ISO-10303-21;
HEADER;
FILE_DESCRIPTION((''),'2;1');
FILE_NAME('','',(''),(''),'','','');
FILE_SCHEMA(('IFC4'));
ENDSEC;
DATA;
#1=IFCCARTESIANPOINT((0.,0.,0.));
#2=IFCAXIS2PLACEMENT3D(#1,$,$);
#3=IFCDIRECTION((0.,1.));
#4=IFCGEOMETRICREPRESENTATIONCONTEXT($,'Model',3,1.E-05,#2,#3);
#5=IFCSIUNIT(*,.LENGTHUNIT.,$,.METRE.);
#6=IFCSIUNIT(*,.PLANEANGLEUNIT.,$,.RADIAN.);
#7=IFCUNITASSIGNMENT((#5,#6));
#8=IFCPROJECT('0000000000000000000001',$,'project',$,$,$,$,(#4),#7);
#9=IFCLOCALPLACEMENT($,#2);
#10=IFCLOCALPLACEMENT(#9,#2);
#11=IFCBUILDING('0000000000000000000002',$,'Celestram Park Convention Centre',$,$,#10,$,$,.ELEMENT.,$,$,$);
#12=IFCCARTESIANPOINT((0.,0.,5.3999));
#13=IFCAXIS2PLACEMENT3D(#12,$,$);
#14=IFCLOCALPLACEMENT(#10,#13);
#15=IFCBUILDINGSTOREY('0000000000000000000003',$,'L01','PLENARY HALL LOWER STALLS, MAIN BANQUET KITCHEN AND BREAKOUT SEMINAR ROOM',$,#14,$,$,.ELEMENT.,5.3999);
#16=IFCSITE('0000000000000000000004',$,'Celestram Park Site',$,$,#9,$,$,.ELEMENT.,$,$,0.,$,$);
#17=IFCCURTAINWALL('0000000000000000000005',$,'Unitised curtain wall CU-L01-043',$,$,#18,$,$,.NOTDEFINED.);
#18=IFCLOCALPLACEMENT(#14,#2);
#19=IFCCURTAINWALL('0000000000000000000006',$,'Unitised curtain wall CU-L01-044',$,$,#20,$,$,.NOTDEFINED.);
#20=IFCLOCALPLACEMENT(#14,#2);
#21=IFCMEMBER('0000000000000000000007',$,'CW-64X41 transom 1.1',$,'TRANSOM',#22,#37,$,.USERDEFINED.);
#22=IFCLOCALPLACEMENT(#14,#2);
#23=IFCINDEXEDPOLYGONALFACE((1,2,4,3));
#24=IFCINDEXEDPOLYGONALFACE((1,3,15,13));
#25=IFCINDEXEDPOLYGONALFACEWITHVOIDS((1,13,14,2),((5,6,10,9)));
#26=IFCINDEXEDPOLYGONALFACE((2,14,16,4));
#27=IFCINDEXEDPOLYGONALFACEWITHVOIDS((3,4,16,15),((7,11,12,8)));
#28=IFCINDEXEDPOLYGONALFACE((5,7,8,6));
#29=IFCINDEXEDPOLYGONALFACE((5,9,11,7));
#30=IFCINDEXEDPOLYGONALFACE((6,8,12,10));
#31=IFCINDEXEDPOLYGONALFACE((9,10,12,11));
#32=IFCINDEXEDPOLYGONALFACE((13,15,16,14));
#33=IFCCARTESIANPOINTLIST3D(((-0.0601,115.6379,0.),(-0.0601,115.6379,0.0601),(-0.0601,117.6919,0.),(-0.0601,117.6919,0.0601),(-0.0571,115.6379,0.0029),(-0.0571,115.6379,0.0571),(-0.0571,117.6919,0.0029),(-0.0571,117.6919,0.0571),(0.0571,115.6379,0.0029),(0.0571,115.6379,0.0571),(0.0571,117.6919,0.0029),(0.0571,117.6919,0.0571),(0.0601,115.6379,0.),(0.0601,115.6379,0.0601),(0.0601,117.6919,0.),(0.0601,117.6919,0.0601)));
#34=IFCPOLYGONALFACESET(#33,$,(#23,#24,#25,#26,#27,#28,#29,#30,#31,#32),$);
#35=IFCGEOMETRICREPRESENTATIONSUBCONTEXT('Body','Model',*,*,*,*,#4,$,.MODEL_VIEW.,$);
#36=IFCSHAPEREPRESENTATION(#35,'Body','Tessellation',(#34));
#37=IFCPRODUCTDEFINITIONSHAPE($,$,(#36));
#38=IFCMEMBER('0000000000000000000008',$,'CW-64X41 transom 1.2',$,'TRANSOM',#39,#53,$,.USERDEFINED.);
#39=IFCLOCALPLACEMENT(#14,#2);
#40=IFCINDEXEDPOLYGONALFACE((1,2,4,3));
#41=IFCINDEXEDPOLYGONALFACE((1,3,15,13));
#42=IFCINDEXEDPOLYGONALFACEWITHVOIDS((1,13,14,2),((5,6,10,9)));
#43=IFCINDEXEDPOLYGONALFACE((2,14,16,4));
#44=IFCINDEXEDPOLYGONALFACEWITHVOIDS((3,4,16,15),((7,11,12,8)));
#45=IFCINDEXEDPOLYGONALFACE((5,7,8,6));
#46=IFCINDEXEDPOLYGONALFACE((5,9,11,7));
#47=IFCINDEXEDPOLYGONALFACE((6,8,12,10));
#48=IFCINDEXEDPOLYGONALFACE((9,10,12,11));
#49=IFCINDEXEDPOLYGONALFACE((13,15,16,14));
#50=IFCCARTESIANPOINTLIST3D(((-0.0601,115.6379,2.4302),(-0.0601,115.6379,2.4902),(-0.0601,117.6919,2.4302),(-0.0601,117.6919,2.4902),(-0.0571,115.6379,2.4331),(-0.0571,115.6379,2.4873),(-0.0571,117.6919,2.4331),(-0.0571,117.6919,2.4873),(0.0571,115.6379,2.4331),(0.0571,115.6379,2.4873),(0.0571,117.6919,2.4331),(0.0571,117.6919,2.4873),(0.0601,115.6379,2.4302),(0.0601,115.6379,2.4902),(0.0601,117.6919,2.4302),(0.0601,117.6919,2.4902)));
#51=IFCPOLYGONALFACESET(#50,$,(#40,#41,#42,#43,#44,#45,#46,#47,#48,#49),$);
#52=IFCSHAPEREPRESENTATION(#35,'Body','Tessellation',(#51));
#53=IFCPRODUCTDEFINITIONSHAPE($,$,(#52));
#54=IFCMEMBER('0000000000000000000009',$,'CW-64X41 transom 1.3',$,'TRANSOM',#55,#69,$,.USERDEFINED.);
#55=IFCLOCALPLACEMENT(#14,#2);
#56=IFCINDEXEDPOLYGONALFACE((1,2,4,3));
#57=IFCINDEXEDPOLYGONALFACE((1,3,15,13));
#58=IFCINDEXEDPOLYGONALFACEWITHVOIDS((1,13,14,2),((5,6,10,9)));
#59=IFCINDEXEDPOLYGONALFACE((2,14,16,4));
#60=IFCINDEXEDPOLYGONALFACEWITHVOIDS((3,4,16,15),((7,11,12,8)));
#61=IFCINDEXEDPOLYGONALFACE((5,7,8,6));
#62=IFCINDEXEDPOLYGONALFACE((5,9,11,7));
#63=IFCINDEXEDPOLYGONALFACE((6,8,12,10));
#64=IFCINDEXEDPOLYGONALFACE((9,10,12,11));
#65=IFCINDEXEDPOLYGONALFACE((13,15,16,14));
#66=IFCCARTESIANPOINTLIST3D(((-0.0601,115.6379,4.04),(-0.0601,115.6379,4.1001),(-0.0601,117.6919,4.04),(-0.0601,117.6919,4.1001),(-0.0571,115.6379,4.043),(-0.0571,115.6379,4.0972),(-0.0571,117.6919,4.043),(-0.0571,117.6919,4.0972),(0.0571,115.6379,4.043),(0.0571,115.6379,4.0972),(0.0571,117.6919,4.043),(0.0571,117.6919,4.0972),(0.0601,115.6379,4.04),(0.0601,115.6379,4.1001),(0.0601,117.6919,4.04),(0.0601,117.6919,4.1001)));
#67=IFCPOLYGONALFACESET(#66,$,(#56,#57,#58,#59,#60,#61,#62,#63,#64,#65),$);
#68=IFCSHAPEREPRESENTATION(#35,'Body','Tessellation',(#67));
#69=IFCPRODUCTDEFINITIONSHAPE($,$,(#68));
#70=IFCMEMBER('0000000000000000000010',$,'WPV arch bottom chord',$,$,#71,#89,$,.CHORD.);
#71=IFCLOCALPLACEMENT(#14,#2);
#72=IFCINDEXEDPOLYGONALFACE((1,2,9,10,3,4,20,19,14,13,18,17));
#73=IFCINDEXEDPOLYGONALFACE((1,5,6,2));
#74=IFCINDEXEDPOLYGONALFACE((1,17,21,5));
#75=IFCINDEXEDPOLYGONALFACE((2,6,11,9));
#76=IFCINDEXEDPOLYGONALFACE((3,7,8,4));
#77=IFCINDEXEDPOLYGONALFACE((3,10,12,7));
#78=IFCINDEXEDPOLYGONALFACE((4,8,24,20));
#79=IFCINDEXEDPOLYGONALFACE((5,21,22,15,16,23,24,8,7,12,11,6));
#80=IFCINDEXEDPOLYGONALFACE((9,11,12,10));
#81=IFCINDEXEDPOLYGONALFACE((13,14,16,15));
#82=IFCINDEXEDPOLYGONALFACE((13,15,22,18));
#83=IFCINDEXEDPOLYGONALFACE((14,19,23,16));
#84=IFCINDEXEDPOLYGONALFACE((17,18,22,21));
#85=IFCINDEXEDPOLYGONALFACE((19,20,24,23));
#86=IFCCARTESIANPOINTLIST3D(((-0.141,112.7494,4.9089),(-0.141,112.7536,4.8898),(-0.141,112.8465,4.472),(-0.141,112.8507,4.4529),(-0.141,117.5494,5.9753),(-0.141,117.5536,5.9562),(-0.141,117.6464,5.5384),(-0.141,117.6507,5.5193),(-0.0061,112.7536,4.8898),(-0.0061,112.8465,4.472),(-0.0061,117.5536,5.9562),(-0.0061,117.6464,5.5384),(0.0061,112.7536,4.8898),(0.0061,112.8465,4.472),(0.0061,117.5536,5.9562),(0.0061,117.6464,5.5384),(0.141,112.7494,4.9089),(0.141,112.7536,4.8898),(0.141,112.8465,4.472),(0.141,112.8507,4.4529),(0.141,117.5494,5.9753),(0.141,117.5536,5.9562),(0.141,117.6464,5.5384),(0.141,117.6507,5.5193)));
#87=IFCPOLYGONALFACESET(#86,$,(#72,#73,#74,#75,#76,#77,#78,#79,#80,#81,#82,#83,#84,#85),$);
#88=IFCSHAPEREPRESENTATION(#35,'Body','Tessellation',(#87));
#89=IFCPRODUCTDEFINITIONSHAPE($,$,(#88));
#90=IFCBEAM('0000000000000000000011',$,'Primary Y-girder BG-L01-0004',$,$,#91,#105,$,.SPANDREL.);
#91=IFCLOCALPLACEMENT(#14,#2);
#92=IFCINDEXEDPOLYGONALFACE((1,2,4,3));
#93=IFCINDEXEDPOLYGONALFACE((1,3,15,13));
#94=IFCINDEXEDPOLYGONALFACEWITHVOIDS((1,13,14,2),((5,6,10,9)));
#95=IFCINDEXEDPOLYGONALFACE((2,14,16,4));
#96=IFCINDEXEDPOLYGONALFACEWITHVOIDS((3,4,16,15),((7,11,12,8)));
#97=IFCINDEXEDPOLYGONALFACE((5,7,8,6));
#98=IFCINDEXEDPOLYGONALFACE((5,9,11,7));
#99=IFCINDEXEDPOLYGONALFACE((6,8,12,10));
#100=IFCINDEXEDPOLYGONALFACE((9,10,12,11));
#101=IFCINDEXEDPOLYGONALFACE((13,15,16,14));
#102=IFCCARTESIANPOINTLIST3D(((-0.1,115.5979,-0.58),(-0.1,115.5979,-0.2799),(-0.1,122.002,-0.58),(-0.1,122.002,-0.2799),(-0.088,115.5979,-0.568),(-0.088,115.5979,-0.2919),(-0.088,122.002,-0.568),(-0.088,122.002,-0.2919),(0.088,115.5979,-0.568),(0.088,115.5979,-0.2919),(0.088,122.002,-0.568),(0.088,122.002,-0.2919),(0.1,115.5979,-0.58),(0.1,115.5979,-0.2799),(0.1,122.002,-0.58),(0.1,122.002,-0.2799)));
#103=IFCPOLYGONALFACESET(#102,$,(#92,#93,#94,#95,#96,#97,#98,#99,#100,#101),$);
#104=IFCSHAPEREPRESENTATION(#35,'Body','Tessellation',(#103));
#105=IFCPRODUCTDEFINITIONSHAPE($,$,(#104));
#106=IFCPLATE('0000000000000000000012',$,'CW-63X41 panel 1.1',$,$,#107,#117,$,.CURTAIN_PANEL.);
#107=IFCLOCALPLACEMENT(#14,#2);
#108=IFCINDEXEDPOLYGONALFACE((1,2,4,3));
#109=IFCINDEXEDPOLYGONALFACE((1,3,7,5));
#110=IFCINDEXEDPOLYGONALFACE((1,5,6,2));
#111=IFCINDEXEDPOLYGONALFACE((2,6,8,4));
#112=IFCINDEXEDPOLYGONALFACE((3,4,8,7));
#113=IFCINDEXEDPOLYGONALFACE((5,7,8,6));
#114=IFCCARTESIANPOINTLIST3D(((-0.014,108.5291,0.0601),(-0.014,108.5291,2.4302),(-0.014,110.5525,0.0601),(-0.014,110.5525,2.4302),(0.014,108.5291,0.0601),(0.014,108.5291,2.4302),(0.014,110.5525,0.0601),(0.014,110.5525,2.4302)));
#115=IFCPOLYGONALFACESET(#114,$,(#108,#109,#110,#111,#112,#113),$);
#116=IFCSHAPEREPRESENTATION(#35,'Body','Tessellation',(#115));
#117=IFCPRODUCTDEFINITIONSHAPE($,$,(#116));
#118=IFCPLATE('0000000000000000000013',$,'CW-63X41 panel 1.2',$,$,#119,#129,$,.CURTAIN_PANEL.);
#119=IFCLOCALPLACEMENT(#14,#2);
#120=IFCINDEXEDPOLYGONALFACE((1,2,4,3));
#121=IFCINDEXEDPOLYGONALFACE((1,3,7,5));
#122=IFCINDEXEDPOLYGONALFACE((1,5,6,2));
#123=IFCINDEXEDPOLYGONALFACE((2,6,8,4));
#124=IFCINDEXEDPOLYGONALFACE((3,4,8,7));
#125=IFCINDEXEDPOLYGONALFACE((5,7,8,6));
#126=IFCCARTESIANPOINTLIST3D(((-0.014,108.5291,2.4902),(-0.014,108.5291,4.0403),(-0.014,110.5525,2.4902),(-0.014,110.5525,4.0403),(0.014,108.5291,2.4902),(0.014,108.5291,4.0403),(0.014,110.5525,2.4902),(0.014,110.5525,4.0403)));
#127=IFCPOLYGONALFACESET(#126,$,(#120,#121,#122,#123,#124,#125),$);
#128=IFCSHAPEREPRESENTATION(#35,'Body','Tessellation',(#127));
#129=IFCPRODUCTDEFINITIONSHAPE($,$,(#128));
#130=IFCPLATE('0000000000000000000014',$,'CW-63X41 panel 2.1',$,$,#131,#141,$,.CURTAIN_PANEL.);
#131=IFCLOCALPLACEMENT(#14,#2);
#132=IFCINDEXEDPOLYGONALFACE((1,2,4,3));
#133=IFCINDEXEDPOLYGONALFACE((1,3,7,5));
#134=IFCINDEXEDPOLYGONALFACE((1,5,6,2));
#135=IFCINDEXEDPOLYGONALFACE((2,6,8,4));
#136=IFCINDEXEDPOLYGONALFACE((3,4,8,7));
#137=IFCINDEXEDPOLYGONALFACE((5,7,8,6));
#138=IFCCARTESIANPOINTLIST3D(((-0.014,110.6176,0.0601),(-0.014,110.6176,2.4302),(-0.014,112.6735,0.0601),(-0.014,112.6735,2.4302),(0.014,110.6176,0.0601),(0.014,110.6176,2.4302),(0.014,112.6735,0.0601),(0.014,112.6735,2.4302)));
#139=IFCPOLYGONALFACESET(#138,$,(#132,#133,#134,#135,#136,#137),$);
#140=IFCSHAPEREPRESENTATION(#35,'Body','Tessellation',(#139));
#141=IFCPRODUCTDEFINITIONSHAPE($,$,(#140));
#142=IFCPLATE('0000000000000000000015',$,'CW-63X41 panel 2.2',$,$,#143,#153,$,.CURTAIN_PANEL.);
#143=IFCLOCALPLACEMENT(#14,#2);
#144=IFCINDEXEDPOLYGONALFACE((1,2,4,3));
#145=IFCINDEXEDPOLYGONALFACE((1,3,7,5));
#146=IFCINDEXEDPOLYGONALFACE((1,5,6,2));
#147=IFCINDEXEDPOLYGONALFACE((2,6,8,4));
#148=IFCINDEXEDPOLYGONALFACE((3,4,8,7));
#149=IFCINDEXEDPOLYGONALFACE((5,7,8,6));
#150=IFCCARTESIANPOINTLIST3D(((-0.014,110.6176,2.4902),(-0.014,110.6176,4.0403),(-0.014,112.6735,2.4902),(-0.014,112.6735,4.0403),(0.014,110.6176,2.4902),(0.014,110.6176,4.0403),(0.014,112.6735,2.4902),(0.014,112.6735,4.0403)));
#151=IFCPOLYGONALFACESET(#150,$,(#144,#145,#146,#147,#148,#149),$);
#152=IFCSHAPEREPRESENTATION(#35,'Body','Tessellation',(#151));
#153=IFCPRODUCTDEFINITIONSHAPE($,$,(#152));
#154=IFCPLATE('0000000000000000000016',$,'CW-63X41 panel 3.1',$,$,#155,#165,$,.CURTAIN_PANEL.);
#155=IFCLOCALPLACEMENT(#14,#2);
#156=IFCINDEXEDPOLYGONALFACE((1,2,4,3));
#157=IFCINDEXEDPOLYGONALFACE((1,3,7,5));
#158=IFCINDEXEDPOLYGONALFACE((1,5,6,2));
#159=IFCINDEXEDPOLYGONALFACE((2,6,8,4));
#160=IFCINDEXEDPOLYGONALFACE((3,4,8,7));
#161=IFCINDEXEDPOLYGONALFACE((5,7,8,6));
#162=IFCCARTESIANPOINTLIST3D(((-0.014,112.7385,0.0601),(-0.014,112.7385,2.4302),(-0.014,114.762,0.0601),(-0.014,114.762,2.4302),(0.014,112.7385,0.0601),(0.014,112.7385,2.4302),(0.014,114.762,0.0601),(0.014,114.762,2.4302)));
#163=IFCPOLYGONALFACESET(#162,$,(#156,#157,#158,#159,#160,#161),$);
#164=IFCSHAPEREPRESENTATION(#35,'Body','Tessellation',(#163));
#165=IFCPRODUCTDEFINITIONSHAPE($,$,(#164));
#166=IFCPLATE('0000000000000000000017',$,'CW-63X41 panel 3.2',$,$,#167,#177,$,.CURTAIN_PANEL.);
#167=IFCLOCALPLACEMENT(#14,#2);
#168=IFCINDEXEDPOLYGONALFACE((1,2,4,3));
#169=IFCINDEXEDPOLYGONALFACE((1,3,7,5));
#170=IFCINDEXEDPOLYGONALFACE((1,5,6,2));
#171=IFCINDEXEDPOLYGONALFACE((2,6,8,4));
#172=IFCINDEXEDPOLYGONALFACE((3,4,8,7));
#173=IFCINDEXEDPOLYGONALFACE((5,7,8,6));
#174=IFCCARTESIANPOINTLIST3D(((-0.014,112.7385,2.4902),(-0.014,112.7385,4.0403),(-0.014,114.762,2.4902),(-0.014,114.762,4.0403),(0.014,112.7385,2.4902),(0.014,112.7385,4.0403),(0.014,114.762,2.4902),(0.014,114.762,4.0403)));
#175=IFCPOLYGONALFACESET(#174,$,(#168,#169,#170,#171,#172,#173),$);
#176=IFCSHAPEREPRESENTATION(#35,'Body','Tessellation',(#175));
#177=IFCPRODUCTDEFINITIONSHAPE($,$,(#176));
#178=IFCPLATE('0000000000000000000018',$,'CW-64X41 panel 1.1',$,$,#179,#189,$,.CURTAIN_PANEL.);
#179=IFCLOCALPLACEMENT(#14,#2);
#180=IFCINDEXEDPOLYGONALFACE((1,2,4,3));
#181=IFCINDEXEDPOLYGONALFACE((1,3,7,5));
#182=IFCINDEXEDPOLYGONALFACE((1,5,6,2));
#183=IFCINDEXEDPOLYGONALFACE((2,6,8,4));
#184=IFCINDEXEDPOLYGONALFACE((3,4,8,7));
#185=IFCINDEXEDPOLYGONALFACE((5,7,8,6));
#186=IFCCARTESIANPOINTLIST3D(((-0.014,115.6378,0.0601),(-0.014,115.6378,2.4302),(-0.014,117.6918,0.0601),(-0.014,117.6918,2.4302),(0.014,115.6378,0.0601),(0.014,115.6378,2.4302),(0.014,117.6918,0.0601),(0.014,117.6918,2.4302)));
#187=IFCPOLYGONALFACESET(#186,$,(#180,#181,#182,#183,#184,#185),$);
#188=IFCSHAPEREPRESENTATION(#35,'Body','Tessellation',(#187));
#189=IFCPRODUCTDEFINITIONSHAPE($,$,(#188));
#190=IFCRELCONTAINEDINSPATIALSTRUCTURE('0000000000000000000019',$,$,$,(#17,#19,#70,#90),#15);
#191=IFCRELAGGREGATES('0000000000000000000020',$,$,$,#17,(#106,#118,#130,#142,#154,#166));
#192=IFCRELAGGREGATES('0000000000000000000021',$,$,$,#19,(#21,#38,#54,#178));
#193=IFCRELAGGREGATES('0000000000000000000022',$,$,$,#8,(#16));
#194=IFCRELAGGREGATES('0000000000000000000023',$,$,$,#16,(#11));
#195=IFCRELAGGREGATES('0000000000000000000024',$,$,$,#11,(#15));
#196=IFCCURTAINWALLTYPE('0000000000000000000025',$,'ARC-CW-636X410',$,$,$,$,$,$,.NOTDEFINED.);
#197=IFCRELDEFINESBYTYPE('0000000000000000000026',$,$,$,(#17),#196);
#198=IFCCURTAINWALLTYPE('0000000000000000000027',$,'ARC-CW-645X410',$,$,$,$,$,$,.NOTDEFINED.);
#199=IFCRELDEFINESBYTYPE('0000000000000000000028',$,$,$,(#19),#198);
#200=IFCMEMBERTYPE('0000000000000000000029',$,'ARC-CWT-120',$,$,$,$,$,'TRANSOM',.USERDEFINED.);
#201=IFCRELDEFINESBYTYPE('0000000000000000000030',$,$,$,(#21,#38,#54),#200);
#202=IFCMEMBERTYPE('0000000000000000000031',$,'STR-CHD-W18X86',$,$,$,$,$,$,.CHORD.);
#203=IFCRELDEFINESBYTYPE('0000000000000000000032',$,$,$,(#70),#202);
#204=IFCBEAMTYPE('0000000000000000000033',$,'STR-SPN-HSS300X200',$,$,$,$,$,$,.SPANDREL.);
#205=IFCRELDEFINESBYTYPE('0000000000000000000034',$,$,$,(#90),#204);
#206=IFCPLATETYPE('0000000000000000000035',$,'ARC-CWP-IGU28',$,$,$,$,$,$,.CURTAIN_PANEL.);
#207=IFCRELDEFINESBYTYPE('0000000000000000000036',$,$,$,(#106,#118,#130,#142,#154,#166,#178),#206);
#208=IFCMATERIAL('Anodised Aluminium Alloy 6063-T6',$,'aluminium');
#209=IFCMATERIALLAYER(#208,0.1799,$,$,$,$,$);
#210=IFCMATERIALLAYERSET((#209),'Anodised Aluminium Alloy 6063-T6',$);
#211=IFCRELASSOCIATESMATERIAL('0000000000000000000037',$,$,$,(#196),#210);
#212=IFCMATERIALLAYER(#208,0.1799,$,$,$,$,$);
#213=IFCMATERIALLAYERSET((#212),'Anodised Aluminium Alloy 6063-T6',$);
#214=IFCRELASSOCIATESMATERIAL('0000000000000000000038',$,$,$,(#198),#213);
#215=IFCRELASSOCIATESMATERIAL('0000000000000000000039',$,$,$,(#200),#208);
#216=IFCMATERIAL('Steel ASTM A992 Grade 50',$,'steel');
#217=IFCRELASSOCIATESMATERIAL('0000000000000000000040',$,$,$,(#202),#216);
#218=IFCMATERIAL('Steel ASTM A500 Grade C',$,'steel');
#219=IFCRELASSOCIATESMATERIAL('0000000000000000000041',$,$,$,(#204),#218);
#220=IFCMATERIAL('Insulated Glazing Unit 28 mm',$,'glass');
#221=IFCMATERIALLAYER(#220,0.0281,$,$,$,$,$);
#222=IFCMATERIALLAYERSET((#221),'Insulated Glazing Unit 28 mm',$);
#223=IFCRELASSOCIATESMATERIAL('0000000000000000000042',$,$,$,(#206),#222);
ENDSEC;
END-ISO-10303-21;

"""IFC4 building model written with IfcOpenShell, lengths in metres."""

from ifc_helpers import new_model, si_unit, direction, frame, origin, origin_2d, place, context, subcontext, project, spatial, rectangle, hollow_rectangle, i_section, extrude, material, layer, layer_set, material_profile, profile_set, type_object, element, aggregate, save


model = new_model("IFC4")

# Units and contexts
model_context = context("Model", 3, precision=1e-05, world=origin(), true_north=direction((0.0, 1.0)))
body_context = subcontext(model_context, "Body", "Model", "MODEL_VIEW")
ifc_project = project(units=[si_unit("LENGTHUNIT", "METRE"), si_unit("PLANEANGLEUNIT", "RADIAN")], contexts=[model_context])

# Site, building, storey
site_placement = place(None, origin())
site = spatial("IfcSite", under=ifc_project, at=site_placement, Name="Celestram Park Site", CompositionType="ELEMENT", RefElevation=0.0)
building_placement = place(site_placement, origin())
building = spatial("IfcBuilding", under=site, at=building_placement, Name="Celestram Park Convention Centre", CompositionType="ELEMENT")
storey_placement = place(building_placement, frame((0.0, 0.0, 5.3999)))
storey = spatial("IfcBuildingStorey", under=building, at=storey_placement, Name="L01", Description="PLENARY HALL LOWER STALLS, MAIN BANQUET KITCHEN AND BREAKOUT SEMINAR ROOM", CompositionType="ELEMENT", Elevation=5.3999)

# Curtain wall
ifc_material_1 = material(Name="Anodised Aluminium Alloy 6063-T6", Category="aluminium")
ifc_layer_1 = layer(ifc_material_1, 0.1799)
ifc_layer_set_1 = layer_set([ifc_layer_1], Name="Anodised Aluminium Alloy 6063-T6")
curtain_wall_type_1 = type_object("IfcCurtainWallType", Name="ARC-CW-636X410", PredefinedType="NOTDEFINED", material=ifc_layer_set_1)
curtain_wall_1_placement = place(storey_placement, origin())
curtain_wall_1 = element("IfcCurtainWall", 1, at=curtain_wall_1_placement, inside=storey, type_object=curtain_wall_type_1, Name="Unitised curtain wall CU-L01-043", PredefinedType="NOTDEFINED")

# Curtain wall
ifc_layer_2 = layer(ifc_material_1, 0.1799)
ifc_layer_set_2 = layer_set([ifc_layer_2], Name="Anodised Aluminium Alloy 6063-T6")
curtain_wall_type_2 = type_object("IfcCurtainWallType", Name="ARC-CW-645X410", PredefinedType="NOTDEFINED", material=ifc_layer_set_2)
curtain_wall_2_placement = place(storey_placement, origin())
curtain_wall_2 = element("IfcCurtainWall", 2, at=curtain_wall_2_placement, inside=storey, type_object=curtain_wall_type_2, Name="Unitised curtain wall CU-L01-044", PredefinedType="NOTDEFINED")

# Members
ifc_material_profile_1 = material_profile(ifc_material_1, hollow_rectangle(XDim=0.1201, YDim=0.0601, WallThickness=0.0029, at=origin_2d()), Name="ALU120X60X3")
ifc_profile_set_1 = profile_set([ifc_material_profile_1], Name="Anodised Aluminium Alloy 6063-T6")
member_type_1 = type_object("IfcMemberType", Name="ARC-CWT-120", ElementType="TRANSOM", PredefinedType="USERDEFINED", material=ifc_profile_set_1)
member_1_placement = place(storey_placement, frame((0.0, 115.6379, 0.03), z_axis=(0.0, 1.0, 0.0), x_axis=(-1.0, 0.0, 0.0)))
member_1 = element("IfcMember", 3, at=member_1_placement, type_object=member_type_1, Name="CW-64X41 transom 1.1", ObjectType="TRANSOM", PredefinedType="USERDEFINED", context=body_context, shape_type="SweptSolid", body=[
    extrude(hollow_rectangle(XDim=0.1201, YDim=0.0601, WallThickness=0.0029, at=origin_2d()), origin(), (0.0, 0.0, 1.0), 2.054),
])
member_2_placement = place(storey_placement, frame((0.0, 115.6379, 2.4602), z_axis=(0.0, 1.0, 0.0), x_axis=(-1.0, 0.0, 0.0)))
member_2 = element("IfcMember", 4, at=member_2_placement, type_object=member_type_1, Name="CW-64X41 transom 1.2", ObjectType="TRANSOM", PredefinedType="USERDEFINED", context=body_context, shape_type="SweptSolid", body=[
    extrude(hollow_rectangle(XDim=0.1201, YDim=0.0601, WallThickness=0.0029, at=origin_2d()), origin(), (0.0, 0.0, 1.0), 2.054),
])
member_3_placement = place(storey_placement, frame((0.0, 115.6379, 4.0701), z_axis=(0.0, 1.0, 0.0), x_axis=(-1.0, 0.0, 0.0)))
member_3 = element("IfcMember", 5, at=member_3_placement, type_object=member_type_1, Name="CW-64X41 transom 1.3", ObjectType="TRANSOM", PredefinedType="USERDEFINED", context=body_context, shape_type="SweptSolid", body=[
    extrude(hollow_rectangle(XDim=0.1201, YDim=0.0601, WallThickness=0.0029, at=origin_2d()), origin(), (0.0, 0.0, 1.0), 2.054),
])
ifc_material_2 = material(Name="Steel ASTM A992 Grade 50", Category="steel")
ifc_material_profile_2 = material_profile(ifc_material_2, i_section(OverallWidth=0.282, OverallDepth=0.467, WebThickness=0.0122, FlangeThickness=0.0195, at=origin_2d()), Name="W18X86")
ifc_profile_set_2 = profile_set([ifc_material_profile_2], Name="Steel ASTM A992 Grade 50")
member_type_2 = type_object("IfcMemberType", Name="STR-CHD-W18X86", PredefinedType="CHORD", material=ifc_profile_set_2)
member_4_placement = place(storey_placement, frame((0.0, 112.8, 4.6809), z_axis=(0.0, 0.976199, 0.216878), x_axis=(-1.0, 0.0, 0.0)))
element("IfcMember", 6, at=member_4_placement, inside=storey, type_object=member_type_2, Name="WPV arch bottom chord", PredefinedType="CHORD", context=body_context, shape_type="SweptSolid", body=[
    extrude(i_section(OverallWidth=0.282, OverallDepth=0.467, WebThickness=0.0122, FlangeThickness=0.0195, at=origin_2d()), origin(), (0.0, 0.0, 1.0), 4.917),
])

# Beam
ifc_material_3 = material(Name="Steel ASTM A500 Grade C", Category="steel")
ifc_material_profile_3 = material_profile(ifc_material_3, hollow_rectangle(XDim=0.2, YDim=0.3, WallThickness=0.012, at=origin_2d()), Name="HSS300X200X12")
ifc_profile_set_3 = profile_set([ifc_material_profile_3], Name="Steel ASTM A500 Grade C")
beam_type = type_object("IfcBeamType", Name="STR-SPN-HSS300X200", PredefinedType="SPANDREL", material=ifc_profile_set_3)
beam_placement = place(storey_placement, frame((0.0, 115.5979, -0.4299), z_axis=(0.0, 1.0, 0.0), x_axis=(-1.0, 0.0, 0.0)))
element("IfcBeam", 7, at=beam_placement, inside=storey, type_object=beam_type, Name="Primary Y-girder BG-L01-0004", PredefinedType="SPANDREL", context=body_context, shape_type="SweptSolid", body=[
    extrude(hollow_rectangle(XDim=0.2, YDim=0.3, WallThickness=0.012, at=origin_2d()), origin(), (0.0, 0.0, 1.0), 6.4041),
])

# Plates
ifc_material_4 = material(Name="Insulated Glazing Unit 28 mm", Category="glass")
ifc_layer_3 = layer(ifc_material_4, 0.0281)
ifc_layer_set_3 = layer_set([ifc_layer_3], Name="Insulated Glazing Unit 28 mm")
plate_type_1 = type_object("IfcPlateType", Name="ARC-CWP-IGU28", PredefinedType="CURTAIN_PANEL", material=ifc_layer_set_3)
plate_1_placement = place(storey_placement, frame((0.0, 109.5408, 0.0601), z_axis=(0.0, 0.0, 1.0), x_axis=(0.0, 1.0, 0.0)))
plate_1 = element("IfcPlate", 8, at=plate_1_placement, type_object=plate_type_1, Name="CW-63X41 panel 1.1", PredefinedType="CURTAIN_PANEL", context=body_context, shape_type="SweptSolid", body=[
    extrude(rectangle(XDim=2.0234, YDim=0.0281, at=origin_2d()), origin(), (0.0, 0.0, 1.0), 2.3701),
])
plate_2_placement = place(storey_placement, frame((0.0, 109.5408, 2.4902), z_axis=(0.0, 0.0, 1.0), x_axis=(0.0, 1.0, 0.0)))
plate_2 = element("IfcPlate", 9, at=plate_2_placement, type_object=plate_type_1, Name="CW-63X41 panel 1.2", PredefinedType="CURTAIN_PANEL", context=body_context, shape_type="SweptSolid", body=[
    extrude(rectangle(XDim=2.0234, YDim=0.0281, at=origin_2d()), origin(), (0.0, 0.0, 1.0), 1.55),
])
plate_3_placement = place(storey_placement, frame((0.0, 111.6455, 0.0601), z_axis=(0.0, 0.0, 1.0), x_axis=(0.0, 1.0, 0.0)))
plate_3 = element("IfcPlate", 10, at=plate_3_placement, type_object=plate_type_1, Name="CW-63X41 panel 2.1", PredefinedType="CURTAIN_PANEL", context=body_context, shape_type="SweptSolid", body=[
    extrude(rectangle(XDim=2.0559, YDim=0.0281, at=origin_2d()), origin(), (0.0, 0.0, 1.0), 2.3701),
])
plate_4_placement = place(storey_placement, frame((0.0, 111.6455, 2.4902), z_axis=(0.0, 0.0, 1.0), x_axis=(0.0, 1.0, 0.0)))
plate_4 = element("IfcPlate", 11, at=plate_4_placement, type_object=plate_type_1, Name="CW-63X41 panel 2.2", PredefinedType="CURTAIN_PANEL", context=body_context, shape_type="SweptSolid", body=[
    extrude(rectangle(XDim=2.0559, YDim=0.0281, at=origin_2d()), origin(), (0.0, 0.0, 1.0), 1.55),
])
plate_5_placement = place(storey_placement, frame((0.0, 113.7502, 0.0601), z_axis=(0.0, 0.0, 1.0), x_axis=(0.0, 1.0, 0.0)))
plate_5 = element("IfcPlate", 12, at=plate_5_placement, type_object=plate_type_1, Name="CW-63X41 panel 3.1", PredefinedType="CURTAIN_PANEL", context=body_context, shape_type="SweptSolid", body=[
    extrude(rectangle(XDim=2.0234, YDim=0.0281, at=origin_2d()), origin(), (0.0, 0.0, 1.0), 2.3701),
])
plate_6_placement = place(storey_placement, frame((0.0, 113.7502, 2.4902), z_axis=(0.0, 0.0, 1.0), x_axis=(0.0, 1.0, 0.0)))
plate_6 = element("IfcPlate", 13, at=plate_6_placement, type_object=plate_type_1, Name="CW-63X41 panel 3.2", PredefinedType="CURTAIN_PANEL", context=body_context, shape_type="SweptSolid", body=[
    extrude(rectangle(XDim=2.0234, YDim=0.0281, at=origin_2d()), origin(), (0.0, 0.0, 1.0), 1.55),
])
aggregate(curtain_wall_1, [plate_1, plate_2, plate_3, plate_4, plate_5, plate_6])
plate_7_placement = place(storey_placement, frame((0.0, 116.6648, 0.0601), z_axis=(0.0, 0.0, 1.0), x_axis=(0.0, 1.0, 0.0)))
plate_7 = element("IfcPlate", 14, at=plate_7_placement, type_object=plate_type_1, Name="CW-64X41 panel 1.1", PredefinedType="CURTAIN_PANEL", context=body_context, shape_type="SweptSolid", body=[
    extrude(rectangle(XDim=2.054, YDim=0.0281, at=origin_2d()), origin(), (0.0, 0.0, 1.0), 2.3701),
])
aggregate(curtain_wall_2, [member_1, member_2, member_3, plate_7])

save(model, "model.ifc")
